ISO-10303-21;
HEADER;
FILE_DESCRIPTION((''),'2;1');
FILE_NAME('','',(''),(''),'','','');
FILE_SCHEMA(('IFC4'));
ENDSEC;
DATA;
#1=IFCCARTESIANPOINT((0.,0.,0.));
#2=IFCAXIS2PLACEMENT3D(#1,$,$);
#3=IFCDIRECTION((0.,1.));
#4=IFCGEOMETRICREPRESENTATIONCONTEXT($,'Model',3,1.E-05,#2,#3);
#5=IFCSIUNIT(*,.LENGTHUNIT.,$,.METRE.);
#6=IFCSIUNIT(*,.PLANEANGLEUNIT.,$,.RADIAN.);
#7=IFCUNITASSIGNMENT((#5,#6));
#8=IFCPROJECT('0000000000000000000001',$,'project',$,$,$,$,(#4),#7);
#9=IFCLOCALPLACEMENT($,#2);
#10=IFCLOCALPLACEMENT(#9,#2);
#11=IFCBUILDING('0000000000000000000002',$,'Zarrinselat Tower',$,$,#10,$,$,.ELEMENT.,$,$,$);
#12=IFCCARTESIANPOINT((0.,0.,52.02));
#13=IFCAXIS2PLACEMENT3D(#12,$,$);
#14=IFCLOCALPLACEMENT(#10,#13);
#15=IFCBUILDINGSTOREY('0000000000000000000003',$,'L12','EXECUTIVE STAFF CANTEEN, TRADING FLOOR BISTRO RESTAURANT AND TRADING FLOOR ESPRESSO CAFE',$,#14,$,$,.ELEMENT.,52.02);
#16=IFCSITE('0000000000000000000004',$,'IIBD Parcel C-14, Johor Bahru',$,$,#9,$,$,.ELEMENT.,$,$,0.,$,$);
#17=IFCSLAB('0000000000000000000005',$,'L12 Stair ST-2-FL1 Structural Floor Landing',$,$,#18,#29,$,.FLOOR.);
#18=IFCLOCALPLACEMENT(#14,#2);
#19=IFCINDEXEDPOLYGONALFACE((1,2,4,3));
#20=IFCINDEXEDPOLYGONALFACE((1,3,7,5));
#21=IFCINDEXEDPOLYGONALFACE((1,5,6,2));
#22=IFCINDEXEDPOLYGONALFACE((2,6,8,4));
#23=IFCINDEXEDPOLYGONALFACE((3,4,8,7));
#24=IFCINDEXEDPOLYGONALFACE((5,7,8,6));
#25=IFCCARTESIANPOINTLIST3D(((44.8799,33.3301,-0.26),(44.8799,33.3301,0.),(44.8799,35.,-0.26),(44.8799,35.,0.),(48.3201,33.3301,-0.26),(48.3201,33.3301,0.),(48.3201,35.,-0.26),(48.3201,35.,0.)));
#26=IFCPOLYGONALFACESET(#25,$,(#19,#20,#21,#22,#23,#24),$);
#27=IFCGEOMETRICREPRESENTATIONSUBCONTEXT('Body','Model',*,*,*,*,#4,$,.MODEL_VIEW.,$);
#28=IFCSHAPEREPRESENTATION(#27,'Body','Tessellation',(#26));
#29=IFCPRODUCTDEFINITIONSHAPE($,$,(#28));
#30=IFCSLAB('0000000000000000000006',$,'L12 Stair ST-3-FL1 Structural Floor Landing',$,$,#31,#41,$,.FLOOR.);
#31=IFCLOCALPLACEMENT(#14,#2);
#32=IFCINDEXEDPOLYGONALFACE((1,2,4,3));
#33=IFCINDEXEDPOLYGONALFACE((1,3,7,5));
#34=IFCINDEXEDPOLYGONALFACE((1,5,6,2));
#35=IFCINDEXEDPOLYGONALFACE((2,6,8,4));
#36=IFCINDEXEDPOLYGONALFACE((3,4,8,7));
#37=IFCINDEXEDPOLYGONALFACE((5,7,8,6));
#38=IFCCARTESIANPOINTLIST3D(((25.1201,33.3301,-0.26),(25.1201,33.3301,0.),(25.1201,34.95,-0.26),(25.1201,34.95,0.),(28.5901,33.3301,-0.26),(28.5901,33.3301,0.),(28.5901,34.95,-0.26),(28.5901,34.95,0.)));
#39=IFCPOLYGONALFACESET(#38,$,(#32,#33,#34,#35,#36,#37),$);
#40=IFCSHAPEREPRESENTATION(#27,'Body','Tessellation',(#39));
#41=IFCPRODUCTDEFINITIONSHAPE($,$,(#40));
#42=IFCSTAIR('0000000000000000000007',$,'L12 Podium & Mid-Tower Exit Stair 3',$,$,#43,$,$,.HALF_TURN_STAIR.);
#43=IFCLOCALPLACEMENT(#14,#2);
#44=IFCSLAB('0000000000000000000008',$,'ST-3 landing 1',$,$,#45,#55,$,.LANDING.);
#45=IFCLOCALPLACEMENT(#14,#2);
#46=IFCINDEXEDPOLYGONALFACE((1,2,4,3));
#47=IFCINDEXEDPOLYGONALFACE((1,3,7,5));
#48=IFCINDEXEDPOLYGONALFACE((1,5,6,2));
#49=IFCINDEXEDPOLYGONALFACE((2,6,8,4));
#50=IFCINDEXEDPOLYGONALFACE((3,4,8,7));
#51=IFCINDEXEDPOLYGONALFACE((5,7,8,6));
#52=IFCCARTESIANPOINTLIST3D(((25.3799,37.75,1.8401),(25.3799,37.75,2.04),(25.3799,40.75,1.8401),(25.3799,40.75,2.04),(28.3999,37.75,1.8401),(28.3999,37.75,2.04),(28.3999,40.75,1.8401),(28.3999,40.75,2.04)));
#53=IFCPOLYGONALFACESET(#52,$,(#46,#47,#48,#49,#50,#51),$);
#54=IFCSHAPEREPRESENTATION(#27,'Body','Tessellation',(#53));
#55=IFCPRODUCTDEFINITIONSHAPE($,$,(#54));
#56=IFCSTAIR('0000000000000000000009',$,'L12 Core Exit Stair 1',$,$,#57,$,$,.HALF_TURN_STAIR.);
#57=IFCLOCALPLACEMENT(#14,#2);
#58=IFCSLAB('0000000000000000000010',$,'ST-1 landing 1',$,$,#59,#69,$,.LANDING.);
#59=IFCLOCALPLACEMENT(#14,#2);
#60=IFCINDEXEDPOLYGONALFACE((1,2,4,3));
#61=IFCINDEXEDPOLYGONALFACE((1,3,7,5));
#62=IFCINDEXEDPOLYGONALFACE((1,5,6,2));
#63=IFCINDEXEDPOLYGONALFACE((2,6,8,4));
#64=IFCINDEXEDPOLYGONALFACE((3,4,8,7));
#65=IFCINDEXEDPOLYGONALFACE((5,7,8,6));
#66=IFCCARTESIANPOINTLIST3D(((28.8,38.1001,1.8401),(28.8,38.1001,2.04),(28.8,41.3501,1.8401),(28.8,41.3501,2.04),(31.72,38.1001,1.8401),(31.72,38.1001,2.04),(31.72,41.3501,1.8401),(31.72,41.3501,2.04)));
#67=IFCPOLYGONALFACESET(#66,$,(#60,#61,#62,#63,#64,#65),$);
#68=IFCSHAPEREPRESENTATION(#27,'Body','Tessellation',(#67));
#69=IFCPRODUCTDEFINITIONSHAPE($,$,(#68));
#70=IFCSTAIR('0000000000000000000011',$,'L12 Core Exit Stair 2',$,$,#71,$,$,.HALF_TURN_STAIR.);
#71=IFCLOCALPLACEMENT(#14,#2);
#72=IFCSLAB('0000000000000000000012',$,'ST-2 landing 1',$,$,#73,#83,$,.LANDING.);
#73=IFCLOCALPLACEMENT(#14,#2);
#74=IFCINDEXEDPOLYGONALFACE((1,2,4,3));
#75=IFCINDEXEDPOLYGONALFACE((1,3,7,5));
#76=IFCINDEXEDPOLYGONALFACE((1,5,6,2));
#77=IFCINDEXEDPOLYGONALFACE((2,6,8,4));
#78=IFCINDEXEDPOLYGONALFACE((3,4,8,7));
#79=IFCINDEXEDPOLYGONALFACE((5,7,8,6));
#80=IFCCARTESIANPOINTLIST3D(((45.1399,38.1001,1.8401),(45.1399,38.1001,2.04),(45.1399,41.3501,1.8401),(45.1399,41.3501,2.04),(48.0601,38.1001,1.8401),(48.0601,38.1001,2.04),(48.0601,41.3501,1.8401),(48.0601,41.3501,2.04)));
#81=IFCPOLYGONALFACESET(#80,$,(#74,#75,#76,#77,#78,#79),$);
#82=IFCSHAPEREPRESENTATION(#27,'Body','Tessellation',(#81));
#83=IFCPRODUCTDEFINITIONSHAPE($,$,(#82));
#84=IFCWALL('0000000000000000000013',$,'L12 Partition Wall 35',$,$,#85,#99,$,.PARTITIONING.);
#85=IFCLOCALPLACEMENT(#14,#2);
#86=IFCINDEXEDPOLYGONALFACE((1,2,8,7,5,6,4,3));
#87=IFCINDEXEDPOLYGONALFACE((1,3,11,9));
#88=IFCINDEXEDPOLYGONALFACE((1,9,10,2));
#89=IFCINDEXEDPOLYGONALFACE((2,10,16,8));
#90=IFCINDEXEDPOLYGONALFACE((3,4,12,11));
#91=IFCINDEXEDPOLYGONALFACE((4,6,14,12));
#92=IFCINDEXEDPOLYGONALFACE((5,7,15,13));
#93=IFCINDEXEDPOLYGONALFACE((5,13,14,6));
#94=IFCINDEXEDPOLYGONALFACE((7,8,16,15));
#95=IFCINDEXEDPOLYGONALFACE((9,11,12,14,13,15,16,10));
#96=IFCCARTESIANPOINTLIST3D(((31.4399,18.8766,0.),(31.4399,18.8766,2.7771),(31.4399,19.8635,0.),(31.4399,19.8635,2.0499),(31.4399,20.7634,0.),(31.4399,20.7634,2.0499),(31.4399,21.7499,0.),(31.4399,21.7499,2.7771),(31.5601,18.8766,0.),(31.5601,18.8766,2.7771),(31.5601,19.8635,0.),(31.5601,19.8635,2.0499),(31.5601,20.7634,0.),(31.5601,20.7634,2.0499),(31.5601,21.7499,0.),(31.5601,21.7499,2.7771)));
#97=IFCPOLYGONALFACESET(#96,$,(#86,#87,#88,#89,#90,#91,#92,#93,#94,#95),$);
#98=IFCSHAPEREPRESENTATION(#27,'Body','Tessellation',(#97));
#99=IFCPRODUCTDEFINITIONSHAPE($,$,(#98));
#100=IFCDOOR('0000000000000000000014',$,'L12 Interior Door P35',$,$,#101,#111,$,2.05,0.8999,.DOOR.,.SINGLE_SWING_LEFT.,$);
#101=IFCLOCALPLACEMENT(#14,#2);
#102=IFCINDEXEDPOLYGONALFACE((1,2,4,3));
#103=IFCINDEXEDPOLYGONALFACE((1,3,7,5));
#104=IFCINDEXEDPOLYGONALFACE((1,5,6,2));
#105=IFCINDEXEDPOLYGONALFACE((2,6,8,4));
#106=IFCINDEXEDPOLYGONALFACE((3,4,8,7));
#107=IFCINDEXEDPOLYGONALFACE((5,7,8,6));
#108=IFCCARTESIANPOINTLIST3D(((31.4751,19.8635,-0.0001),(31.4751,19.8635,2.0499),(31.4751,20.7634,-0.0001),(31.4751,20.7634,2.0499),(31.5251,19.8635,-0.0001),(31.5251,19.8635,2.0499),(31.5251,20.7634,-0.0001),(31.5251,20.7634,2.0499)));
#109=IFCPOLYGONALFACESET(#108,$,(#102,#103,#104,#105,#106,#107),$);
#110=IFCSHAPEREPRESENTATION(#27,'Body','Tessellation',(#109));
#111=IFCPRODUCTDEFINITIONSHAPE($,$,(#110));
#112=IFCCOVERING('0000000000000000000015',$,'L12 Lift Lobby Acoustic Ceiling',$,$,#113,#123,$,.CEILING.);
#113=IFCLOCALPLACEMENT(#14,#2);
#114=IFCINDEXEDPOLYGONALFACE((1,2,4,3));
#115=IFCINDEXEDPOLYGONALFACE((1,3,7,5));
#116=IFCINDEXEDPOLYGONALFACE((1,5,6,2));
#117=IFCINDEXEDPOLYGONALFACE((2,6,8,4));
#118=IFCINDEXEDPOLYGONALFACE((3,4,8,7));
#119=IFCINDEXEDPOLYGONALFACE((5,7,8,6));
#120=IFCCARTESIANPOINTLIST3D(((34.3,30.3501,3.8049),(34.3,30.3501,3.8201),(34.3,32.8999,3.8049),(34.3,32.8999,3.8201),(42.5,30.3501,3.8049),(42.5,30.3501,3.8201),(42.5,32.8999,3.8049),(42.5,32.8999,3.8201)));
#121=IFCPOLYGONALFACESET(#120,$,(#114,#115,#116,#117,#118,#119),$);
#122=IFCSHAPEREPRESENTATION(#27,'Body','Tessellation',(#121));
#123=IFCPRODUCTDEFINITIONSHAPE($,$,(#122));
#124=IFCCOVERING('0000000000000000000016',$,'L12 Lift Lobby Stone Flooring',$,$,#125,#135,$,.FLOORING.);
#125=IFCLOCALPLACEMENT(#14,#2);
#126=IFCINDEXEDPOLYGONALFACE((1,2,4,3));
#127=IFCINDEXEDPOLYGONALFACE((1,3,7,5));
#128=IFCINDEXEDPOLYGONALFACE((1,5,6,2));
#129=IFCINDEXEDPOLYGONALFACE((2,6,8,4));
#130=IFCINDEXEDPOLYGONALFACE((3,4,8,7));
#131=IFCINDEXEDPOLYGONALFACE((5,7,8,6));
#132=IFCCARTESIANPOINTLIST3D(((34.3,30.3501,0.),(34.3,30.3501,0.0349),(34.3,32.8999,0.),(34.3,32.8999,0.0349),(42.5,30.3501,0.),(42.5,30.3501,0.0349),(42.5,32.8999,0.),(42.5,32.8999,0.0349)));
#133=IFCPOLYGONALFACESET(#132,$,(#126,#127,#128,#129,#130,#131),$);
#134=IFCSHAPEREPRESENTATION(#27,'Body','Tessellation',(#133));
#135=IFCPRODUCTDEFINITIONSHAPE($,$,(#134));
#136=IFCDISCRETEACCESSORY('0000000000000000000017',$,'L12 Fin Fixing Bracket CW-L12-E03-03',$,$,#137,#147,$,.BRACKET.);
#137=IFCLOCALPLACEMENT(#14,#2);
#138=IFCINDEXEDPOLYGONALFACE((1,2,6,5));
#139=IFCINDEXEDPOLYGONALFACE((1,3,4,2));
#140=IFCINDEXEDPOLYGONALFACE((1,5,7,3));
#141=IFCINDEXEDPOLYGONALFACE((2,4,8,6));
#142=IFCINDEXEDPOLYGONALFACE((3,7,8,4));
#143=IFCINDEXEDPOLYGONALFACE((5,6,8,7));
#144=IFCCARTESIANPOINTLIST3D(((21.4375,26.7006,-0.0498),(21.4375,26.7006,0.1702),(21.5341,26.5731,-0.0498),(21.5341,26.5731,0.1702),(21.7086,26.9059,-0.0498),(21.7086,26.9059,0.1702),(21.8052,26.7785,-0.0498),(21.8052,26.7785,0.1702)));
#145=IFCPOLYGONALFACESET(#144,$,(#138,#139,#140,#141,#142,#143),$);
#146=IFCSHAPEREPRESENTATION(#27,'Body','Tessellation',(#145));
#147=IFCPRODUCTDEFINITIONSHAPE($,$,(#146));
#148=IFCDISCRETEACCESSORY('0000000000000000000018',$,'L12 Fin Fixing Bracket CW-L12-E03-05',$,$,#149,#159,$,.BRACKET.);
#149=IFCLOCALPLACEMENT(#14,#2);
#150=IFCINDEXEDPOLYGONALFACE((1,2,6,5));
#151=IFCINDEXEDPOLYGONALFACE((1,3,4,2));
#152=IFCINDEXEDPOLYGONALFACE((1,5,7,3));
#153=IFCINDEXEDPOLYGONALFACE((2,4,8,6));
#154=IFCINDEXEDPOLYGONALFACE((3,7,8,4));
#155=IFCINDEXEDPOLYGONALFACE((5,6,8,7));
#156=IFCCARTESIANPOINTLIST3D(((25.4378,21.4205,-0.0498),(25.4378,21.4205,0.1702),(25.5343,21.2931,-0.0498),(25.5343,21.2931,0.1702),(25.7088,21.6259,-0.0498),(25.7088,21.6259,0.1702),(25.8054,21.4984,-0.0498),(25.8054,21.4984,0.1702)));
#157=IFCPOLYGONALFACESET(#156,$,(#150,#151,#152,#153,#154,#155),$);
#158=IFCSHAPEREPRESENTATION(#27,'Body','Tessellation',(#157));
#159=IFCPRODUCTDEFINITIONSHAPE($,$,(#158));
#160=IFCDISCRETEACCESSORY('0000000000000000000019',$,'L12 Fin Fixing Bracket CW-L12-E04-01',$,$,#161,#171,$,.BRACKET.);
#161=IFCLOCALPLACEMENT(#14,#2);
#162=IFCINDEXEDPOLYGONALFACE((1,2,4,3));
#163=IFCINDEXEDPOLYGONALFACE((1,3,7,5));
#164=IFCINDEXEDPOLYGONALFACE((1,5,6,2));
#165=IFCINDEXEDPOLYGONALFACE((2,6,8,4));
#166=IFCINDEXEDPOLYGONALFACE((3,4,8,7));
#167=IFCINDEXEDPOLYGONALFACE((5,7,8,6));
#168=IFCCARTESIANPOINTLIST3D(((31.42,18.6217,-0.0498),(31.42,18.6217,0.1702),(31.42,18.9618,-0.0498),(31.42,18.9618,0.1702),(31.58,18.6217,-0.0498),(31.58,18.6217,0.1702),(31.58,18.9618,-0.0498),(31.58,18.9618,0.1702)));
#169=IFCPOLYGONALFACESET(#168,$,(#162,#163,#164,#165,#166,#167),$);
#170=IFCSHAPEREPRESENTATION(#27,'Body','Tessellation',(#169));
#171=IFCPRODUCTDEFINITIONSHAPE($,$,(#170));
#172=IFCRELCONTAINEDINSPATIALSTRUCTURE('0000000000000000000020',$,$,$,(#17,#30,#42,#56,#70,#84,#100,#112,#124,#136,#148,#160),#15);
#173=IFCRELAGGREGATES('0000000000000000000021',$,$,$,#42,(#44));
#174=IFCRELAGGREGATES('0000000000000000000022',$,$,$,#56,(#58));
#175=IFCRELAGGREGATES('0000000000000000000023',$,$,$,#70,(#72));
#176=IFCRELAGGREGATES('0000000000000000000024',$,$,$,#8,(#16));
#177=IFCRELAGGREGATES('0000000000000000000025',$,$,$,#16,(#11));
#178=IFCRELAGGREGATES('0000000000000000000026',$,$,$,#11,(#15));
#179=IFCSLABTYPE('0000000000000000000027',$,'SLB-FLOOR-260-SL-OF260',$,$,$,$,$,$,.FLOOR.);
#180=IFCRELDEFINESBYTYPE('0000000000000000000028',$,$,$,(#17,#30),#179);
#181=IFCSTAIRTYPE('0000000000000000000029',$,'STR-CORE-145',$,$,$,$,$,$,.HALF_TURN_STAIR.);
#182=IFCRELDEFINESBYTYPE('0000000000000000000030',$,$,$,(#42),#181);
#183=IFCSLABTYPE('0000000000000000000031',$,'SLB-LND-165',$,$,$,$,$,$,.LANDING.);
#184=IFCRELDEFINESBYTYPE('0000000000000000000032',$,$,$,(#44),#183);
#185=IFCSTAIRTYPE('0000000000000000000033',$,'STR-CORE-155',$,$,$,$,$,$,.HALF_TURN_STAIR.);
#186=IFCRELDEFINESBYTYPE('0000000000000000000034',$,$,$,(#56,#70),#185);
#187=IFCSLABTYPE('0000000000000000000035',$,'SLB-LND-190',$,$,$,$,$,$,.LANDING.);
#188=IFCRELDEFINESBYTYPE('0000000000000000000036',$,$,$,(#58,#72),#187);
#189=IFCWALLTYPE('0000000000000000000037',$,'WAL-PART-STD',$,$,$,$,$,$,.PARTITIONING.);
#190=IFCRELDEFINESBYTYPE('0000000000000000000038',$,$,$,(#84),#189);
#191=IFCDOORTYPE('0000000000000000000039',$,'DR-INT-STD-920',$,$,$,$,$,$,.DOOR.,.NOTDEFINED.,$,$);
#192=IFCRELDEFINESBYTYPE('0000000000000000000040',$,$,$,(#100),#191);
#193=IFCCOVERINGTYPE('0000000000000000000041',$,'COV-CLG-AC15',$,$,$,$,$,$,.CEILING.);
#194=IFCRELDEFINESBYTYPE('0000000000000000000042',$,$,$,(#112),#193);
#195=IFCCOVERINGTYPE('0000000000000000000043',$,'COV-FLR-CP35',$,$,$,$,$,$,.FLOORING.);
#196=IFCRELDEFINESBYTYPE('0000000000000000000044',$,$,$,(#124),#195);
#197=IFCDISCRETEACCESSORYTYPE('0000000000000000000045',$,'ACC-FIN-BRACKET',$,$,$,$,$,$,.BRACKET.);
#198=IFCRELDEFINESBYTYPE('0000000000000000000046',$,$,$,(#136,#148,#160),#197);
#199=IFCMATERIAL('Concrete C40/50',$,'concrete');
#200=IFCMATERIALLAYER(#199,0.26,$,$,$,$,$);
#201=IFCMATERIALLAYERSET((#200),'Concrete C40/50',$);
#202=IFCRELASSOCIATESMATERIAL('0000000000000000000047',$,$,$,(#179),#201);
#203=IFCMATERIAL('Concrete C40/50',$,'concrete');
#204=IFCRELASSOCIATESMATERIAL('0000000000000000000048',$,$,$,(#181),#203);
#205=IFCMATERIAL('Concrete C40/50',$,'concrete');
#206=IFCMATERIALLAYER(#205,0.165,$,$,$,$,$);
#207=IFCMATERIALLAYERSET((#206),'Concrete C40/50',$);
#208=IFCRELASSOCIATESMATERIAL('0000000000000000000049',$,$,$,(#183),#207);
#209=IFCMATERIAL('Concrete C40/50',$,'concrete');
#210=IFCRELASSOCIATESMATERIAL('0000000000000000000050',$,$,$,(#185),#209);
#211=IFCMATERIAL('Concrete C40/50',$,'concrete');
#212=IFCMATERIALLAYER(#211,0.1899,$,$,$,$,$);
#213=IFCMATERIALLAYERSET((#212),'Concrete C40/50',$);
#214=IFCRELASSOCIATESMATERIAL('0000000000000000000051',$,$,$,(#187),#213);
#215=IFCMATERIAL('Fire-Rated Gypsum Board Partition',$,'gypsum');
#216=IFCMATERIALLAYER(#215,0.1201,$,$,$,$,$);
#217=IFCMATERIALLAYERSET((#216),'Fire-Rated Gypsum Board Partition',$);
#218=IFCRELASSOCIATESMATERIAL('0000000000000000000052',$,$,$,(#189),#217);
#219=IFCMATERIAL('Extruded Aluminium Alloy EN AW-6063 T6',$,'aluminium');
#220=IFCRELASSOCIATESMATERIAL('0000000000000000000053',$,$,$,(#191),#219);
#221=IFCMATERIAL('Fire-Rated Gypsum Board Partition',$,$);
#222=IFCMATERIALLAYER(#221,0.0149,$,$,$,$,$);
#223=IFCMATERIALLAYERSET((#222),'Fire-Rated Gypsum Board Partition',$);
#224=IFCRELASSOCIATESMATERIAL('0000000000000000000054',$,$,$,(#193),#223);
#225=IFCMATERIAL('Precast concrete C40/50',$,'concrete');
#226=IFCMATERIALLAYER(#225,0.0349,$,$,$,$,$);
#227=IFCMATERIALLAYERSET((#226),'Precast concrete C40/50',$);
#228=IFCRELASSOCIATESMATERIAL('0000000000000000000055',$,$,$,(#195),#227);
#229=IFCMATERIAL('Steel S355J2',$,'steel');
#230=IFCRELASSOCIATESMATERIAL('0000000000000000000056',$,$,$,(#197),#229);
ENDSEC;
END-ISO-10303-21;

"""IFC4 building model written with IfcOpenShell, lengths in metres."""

from ifc_helpers import new_model, si_unit, direction, frame, frame_2d, origin, origin_2d, place, context, subcontext, project, spatial, polyline, rectangle, outline, extrude, material, layer, layer_set, type_object, element, fill, aggregate, save


model = new_model("IFC4")

# Units and contexts
model_context = context("Model", 3, precision=1e-05, world=origin(), true_north=direction((0.0, 1.0)))
body_context = subcontext(model_context, "Body", "Model", "MODEL_VIEW")
ifc_project = project(units=[si_unit("LENGTHUNIT", "METRE"), si_unit("PLANEANGLEUNIT", "RADIAN")], contexts=[model_context])

# Site, building, storey
site_placement = place(None, origin())
site = spatial("IfcSite", under=ifc_project, at=site_placement, Name="IIBD Parcel C-14, Johor Bahru", CompositionType="ELEMENT", RefElevation=0.0)
building_placement = place(site_placement, origin())
building = spatial("IfcBuilding", under=site, at=building_placement, Name="Zarrinselat Tower", CompositionType="ELEMENT")
storey_placement = place(building_placement, frame((0.0, 0.0, 52.02)))
storey = spatial("IfcBuildingStorey", under=building, at=storey_placement, Name="L12", Description="EXECUTIVE STAFF CANTEEN, TRADING FLOOR BISTRO RESTAURANT AND TRADING FLOOR ESPRESSO CAFE", CompositionType="ELEMENT", Elevation=52.02)

# Slabs
ifc_material_1 = material(Name="Concrete C40/50", Category="concrete")
ifc_layer_1 = layer(ifc_material_1, 0.26)
ifc_layer_set_1 = layer_set([ifc_layer_1], Name="Concrete C40/50")
slab_type_1 = type_object("IfcSlabType", Name="SLB-FLOOR-260-SL-OF260", PredefinedType="FLOOR", material=ifc_layer_set_1)
slab_1_placement = place(storey_placement, frame((0.0, 0.0, -0.26)))
element("IfcSlab", 1, at=slab_1_placement, inside=storey, type_object=slab_type_1, Name="L12 Stair ST-2-FL1 Structural Floor Landing", PredefinedType="FLOOR", context=body_context, shape_type="SweptSolid", body=[
    extrude(outline(polyline([(48.3201, 33.3301), (48.3201, 35.0), (44.8799, 35.0), (44.8799, 33.3301), (48.3201, 33.3301)])), origin(), (0.0, 0.0, 1.0), 0.26),
])
slab_2_placement = place(storey_placement, frame((0.0, 0.0, -0.26)))
element("IfcSlab", 2, at=slab_2_placement, inside=storey, type_object=slab_type_1, Name="L12 Stair ST-3-FL1 Structural Floor Landing", PredefinedType="FLOOR", context=body_context, shape_type="SweptSolid", body=[
    extrude(outline(polyline([(28.5901, 33.3301), (28.5901, 34.95), (25.1201, 34.95), (25.1201, 33.3301), (28.5901, 33.3301)])), origin(), (0.0, 0.0, 1.0), 0.26),
])

# Stairs, slabs
ifc_material_2 = material(Name="Concrete C40/50", Category="concrete")
stair_type_1 = type_object("IfcStairType", Name="STR-CORE-145", PredefinedType="HALF_TURN_STAIR", material=ifc_material_2)
stair_1_placement = place(storey_placement, origin())
stair_1 = element("IfcStair", 3, at=stair_1_placement, inside=storey, type_object=stair_type_1, Name="L12 Podium & Mid-Tower Exit Stair 3", PredefinedType="HALF_TURN_STAIR")
ifc_material_3 = material(Name="Concrete C40/50", Category="concrete")
ifc_layer_2 = layer(ifc_material_3, 0.165)
ifc_layer_set_2 = layer_set([ifc_layer_2], Name="Concrete C40/50")
slab_type_2 = type_object("IfcSlabType", Name="SLB-LND-165", PredefinedType="LANDING", material=ifc_layer_set_2)
slab_3_placement = place(storey_placement, frame((0.0, 0.0, 1.8401)))
slab_3 = element("IfcSlab", 4, at=slab_3_placement, type_object=slab_type_2, Name="ST-3 landing 1", PredefinedType="LANDING", context=body_context, shape_type="SweptSolid", body=[
    extrude(outline(polyline([(28.3999, 37.75), (28.3999, 40.75), (25.3799, 40.75), (25.3799, 37.75), (28.3999, 37.75)])), origin(), (0.0, 0.0, 1.0), 0.2),
])
aggregate(stair_1, [slab_3])
ifc_material_4 = material(Name="Concrete C40/50", Category="concrete")
stair_type_2 = type_object("IfcStairType", Name="STR-CORE-155", PredefinedType="HALF_TURN_STAIR", material=ifc_material_4)
stair_2_placement = place(storey_placement, origin())
stair_2 = element("IfcStair", 5, at=stair_2_placement, inside=storey, type_object=stair_type_2, Name="L12 Core Exit Stair 1", PredefinedType="HALF_TURN_STAIR")
ifc_material_5 = material(Name="Concrete C40/50", Category="concrete")
ifc_layer_3 = layer(ifc_material_5, 0.1899)
ifc_layer_set_3 = layer_set([ifc_layer_3], Name="Concrete C40/50")
slab_type_3 = type_object("IfcSlabType", Name="SLB-LND-190", PredefinedType="LANDING", material=ifc_layer_set_3)
slab_4_placement = place(storey_placement, frame((0.0, 0.0, 1.8401)))
slab_4 = element("IfcSlab", 6, at=slab_4_placement, type_object=slab_type_3, Name="ST-1 landing 1", PredefinedType="LANDING", context=body_context, shape_type="SweptSolid", body=[
    extrude(outline(polyline([(31.72, 38.1001), (31.72, 41.3501), (28.8, 41.3501), (28.8, 38.1001), (31.72, 38.1001)])), origin(), (0.0, 0.0, 1.0), 0.2),
])
aggregate(stair_2, [slab_4])
stair_3_placement = place(storey_placement, origin())
stair_3 = element("IfcStair", 7, at=stair_3_placement, inside=storey, type_object=stair_type_2, Name="L12 Core Exit Stair 2", PredefinedType="HALF_TURN_STAIR")
slab_5_placement = place(storey_placement, frame((0.0, 0.0, 1.8401)))
slab_5 = element("IfcSlab", 8, at=slab_5_placement, type_object=slab_type_3, Name="ST-2 landing 1", PredefinedType="LANDING", context=body_context, shape_type="SweptSolid", body=[
    extrude(outline(polyline([(48.0601, 38.1001), (48.0601, 41.3501), (45.1399, 41.3501), (45.1399, 38.1001), (48.0601, 38.1001)])), origin(), (0.0, 0.0, 1.0), 0.2),
])
aggregate(stair_3, [slab_5])

# Wall, opening, door
ifc_material_6 = material(Name="Fire-Rated Gypsum Board Partition", Category="gypsum")
ifc_layer_4 = layer(ifc_material_6, 0.1201)
ifc_layer_set_4 = layer_set([ifc_layer_4], Name="Fire-Rated Gypsum Board Partition")
wall_type = type_object("IfcWallType", Name="WAL-PART-STD", PredefinedType="PARTITIONING", material=ifc_layer_set_4)
wall_placement = place(storey_placement, frame((31.5, 18.8767, 0.0), z_axis=(0.0, 0.0, 1.0), x_axis=(0.0, 1.0, 0.0)))
wall = element("IfcWall", 9, at=wall_placement, inside=storey, type_object=wall_type, Name="L12 Partition Wall 35", PredefinedType="PARTITIONING", context=body_context, shape_type="SweptSolid", body=[
    extrude(rectangle(XDim=2.8733, YDim=0.1201, at=frame_2d((1.4365, 0.0))), origin(), (0.0, 0.0, 1.0), 2.7771),
])
opening_placement = place(wall_placement, frame((0.9868, 0.0, 0.0)))
opening = element("IfcOpeningElement", 10, at=opening_placement, cuts=wall, PredefinedType="OPENING", context=body_context, shape_type="SweptSolid", body=[
    extrude(rectangle(XDim=0.8999, YDim=2.05, at=frame_2d((0.45, 1.0249))), frame((0.0, 0.0701, 0.0), z_axis=(0.0, -1.0, 0.0), x_axis=(1.0, 0.0, 0.0)), (0.0, 0.0, 1.0), 0.1401),
])
ifc_material_7 = material(Name="Extruded Aluminium Alloy EN AW-6063 T6", Category="aluminium")
door_type = type_object("IfcDoorType", Name="DR-INT-STD-920", OperationType="NOTDEFINED", PredefinedType="DOOR", material=ifc_material_7)
door_placement = place(opening_placement, origin())
door = element("IfcDoor", 11, at=door_placement, inside=storey, type_object=door_type, Name="L12 Interior Door P35", OperationType="SINGLE_SWING_LEFT", OverallHeight=2.05, OverallWidth=0.8999, PredefinedType="DOOR", context=body_context, shape_type="SweptSolid", body=[
    extrude(rectangle(XDim=0.8999, YDim=2.05, at=frame_2d((0.45, 1.0249))), frame((0.0, 0.0249, 0.0), z_axis=(0.0, -1.0, 0.0), x_axis=(1.0, 0.0, 0.0)), (0.0, 0.0, 1.0), 0.05),
])
fill(opening, door)

# Coverings
ifc_material_8 = material(Name="Fire-Rated Gypsum Board Partition")
ifc_layer_5 = layer(ifc_material_8, 0.0149)
ifc_layer_set_5 = layer_set([ifc_layer_5], Name="Fire-Rated Gypsum Board Partition")
covering_type_1 = type_object("IfcCoveringType", Name="COV-CLG-AC15", PredefinedType="CEILING", material=ifc_layer_set_5)
covering_1_placement = place(storey_placement, frame((0.0, 0.0, 3.8049)))
element("IfcCovering", 12, at=covering_1_placement, inside=storey, type_object=covering_type_1, Name="L12 Lift Lobby Acoustic Ceiling", PredefinedType="CEILING", context=body_context, shape_type="SweptSolid", body=[
    extrude(outline(polyline([(34.3, 30.3501), (42.5, 30.3501), (42.5, 32.8999), (34.3, 32.8999), (34.3, 30.3501)])), origin(), (0.0, 0.0, 1.0), 0.0151),
])
ifc_material_9 = material(Name="Precast concrete C40/50", Category="concrete")
ifc_layer_6 = layer(ifc_material_9, 0.0349)
ifc_layer_set_6 = layer_set([ifc_layer_6], Name="Precast concrete C40/50")
covering_type_2 = type_object("IfcCoveringType", Name="COV-FLR-CP35", PredefinedType="FLOORING", material=ifc_layer_set_6)
covering_2_placement = place(storey_placement, origin())
element("IfcCovering", 13, at=covering_2_placement, inside=storey, type_object=covering_type_2, Name="L12 Lift Lobby Stone Flooring", PredefinedType="FLOORING", context=body_context, shape_type="SweptSolid", body=[
    extrude(outline(polyline([(34.3, 30.3501), (42.5, 30.3501), (42.5, 32.8999), (34.3, 32.8999), (34.3, 30.3501)])), origin(), (0.0, 0.0, 1.0), 0.0349),
])

# Discrete accessories
ifc_material_10 = material(Name="Steel S355J2", Category="steel")
discrete_accessory_type = type_object("IfcDiscreteAccessoryType", Name="ACC-FIN-BRACKET", PredefinedType="BRACKET", material=ifc_material_10)
for number, where, z_axis, x_axis, name in (
    (14, (21.6213, 26.7395, -0.0498), (0.0, 0.0, 1.0), (-0.797089, -0.603862, 0.0), "L12 Fin Fixing Bracket CW-L12-E03-03"),
    (15, (25.6216, 21.4595, -0.0498), (0.0, 0.0, 1.0), (-0.797089, -0.603862, 0.0), "L12 Fin Fixing Bracket CW-L12-E03-05"),
    (16, (31.5, 18.7917, -0.0498), (0.0, 0.0, 1.0), (0.0, -1.0, 0.0), "L12 Fin Fixing Bracket CW-L12-E04-01"),
):
    element("IfcDiscreteAccessory", number, at=place(storey_placement, frame(where, z_axis=z_axis, x_axis=x_axis)), inside=storey, type_object=discrete_accessory_type, Name=name, PredefinedType="BRACKET", context=body_context, shape_type="SweptSolid", body=[
        extrude(rectangle(XDim=0.3401, YDim=0.1599, at=origin_2d()), origin(), (0.0, 0.0, 1.0), 0.22),
    ])

save(model, "model.ifc")
